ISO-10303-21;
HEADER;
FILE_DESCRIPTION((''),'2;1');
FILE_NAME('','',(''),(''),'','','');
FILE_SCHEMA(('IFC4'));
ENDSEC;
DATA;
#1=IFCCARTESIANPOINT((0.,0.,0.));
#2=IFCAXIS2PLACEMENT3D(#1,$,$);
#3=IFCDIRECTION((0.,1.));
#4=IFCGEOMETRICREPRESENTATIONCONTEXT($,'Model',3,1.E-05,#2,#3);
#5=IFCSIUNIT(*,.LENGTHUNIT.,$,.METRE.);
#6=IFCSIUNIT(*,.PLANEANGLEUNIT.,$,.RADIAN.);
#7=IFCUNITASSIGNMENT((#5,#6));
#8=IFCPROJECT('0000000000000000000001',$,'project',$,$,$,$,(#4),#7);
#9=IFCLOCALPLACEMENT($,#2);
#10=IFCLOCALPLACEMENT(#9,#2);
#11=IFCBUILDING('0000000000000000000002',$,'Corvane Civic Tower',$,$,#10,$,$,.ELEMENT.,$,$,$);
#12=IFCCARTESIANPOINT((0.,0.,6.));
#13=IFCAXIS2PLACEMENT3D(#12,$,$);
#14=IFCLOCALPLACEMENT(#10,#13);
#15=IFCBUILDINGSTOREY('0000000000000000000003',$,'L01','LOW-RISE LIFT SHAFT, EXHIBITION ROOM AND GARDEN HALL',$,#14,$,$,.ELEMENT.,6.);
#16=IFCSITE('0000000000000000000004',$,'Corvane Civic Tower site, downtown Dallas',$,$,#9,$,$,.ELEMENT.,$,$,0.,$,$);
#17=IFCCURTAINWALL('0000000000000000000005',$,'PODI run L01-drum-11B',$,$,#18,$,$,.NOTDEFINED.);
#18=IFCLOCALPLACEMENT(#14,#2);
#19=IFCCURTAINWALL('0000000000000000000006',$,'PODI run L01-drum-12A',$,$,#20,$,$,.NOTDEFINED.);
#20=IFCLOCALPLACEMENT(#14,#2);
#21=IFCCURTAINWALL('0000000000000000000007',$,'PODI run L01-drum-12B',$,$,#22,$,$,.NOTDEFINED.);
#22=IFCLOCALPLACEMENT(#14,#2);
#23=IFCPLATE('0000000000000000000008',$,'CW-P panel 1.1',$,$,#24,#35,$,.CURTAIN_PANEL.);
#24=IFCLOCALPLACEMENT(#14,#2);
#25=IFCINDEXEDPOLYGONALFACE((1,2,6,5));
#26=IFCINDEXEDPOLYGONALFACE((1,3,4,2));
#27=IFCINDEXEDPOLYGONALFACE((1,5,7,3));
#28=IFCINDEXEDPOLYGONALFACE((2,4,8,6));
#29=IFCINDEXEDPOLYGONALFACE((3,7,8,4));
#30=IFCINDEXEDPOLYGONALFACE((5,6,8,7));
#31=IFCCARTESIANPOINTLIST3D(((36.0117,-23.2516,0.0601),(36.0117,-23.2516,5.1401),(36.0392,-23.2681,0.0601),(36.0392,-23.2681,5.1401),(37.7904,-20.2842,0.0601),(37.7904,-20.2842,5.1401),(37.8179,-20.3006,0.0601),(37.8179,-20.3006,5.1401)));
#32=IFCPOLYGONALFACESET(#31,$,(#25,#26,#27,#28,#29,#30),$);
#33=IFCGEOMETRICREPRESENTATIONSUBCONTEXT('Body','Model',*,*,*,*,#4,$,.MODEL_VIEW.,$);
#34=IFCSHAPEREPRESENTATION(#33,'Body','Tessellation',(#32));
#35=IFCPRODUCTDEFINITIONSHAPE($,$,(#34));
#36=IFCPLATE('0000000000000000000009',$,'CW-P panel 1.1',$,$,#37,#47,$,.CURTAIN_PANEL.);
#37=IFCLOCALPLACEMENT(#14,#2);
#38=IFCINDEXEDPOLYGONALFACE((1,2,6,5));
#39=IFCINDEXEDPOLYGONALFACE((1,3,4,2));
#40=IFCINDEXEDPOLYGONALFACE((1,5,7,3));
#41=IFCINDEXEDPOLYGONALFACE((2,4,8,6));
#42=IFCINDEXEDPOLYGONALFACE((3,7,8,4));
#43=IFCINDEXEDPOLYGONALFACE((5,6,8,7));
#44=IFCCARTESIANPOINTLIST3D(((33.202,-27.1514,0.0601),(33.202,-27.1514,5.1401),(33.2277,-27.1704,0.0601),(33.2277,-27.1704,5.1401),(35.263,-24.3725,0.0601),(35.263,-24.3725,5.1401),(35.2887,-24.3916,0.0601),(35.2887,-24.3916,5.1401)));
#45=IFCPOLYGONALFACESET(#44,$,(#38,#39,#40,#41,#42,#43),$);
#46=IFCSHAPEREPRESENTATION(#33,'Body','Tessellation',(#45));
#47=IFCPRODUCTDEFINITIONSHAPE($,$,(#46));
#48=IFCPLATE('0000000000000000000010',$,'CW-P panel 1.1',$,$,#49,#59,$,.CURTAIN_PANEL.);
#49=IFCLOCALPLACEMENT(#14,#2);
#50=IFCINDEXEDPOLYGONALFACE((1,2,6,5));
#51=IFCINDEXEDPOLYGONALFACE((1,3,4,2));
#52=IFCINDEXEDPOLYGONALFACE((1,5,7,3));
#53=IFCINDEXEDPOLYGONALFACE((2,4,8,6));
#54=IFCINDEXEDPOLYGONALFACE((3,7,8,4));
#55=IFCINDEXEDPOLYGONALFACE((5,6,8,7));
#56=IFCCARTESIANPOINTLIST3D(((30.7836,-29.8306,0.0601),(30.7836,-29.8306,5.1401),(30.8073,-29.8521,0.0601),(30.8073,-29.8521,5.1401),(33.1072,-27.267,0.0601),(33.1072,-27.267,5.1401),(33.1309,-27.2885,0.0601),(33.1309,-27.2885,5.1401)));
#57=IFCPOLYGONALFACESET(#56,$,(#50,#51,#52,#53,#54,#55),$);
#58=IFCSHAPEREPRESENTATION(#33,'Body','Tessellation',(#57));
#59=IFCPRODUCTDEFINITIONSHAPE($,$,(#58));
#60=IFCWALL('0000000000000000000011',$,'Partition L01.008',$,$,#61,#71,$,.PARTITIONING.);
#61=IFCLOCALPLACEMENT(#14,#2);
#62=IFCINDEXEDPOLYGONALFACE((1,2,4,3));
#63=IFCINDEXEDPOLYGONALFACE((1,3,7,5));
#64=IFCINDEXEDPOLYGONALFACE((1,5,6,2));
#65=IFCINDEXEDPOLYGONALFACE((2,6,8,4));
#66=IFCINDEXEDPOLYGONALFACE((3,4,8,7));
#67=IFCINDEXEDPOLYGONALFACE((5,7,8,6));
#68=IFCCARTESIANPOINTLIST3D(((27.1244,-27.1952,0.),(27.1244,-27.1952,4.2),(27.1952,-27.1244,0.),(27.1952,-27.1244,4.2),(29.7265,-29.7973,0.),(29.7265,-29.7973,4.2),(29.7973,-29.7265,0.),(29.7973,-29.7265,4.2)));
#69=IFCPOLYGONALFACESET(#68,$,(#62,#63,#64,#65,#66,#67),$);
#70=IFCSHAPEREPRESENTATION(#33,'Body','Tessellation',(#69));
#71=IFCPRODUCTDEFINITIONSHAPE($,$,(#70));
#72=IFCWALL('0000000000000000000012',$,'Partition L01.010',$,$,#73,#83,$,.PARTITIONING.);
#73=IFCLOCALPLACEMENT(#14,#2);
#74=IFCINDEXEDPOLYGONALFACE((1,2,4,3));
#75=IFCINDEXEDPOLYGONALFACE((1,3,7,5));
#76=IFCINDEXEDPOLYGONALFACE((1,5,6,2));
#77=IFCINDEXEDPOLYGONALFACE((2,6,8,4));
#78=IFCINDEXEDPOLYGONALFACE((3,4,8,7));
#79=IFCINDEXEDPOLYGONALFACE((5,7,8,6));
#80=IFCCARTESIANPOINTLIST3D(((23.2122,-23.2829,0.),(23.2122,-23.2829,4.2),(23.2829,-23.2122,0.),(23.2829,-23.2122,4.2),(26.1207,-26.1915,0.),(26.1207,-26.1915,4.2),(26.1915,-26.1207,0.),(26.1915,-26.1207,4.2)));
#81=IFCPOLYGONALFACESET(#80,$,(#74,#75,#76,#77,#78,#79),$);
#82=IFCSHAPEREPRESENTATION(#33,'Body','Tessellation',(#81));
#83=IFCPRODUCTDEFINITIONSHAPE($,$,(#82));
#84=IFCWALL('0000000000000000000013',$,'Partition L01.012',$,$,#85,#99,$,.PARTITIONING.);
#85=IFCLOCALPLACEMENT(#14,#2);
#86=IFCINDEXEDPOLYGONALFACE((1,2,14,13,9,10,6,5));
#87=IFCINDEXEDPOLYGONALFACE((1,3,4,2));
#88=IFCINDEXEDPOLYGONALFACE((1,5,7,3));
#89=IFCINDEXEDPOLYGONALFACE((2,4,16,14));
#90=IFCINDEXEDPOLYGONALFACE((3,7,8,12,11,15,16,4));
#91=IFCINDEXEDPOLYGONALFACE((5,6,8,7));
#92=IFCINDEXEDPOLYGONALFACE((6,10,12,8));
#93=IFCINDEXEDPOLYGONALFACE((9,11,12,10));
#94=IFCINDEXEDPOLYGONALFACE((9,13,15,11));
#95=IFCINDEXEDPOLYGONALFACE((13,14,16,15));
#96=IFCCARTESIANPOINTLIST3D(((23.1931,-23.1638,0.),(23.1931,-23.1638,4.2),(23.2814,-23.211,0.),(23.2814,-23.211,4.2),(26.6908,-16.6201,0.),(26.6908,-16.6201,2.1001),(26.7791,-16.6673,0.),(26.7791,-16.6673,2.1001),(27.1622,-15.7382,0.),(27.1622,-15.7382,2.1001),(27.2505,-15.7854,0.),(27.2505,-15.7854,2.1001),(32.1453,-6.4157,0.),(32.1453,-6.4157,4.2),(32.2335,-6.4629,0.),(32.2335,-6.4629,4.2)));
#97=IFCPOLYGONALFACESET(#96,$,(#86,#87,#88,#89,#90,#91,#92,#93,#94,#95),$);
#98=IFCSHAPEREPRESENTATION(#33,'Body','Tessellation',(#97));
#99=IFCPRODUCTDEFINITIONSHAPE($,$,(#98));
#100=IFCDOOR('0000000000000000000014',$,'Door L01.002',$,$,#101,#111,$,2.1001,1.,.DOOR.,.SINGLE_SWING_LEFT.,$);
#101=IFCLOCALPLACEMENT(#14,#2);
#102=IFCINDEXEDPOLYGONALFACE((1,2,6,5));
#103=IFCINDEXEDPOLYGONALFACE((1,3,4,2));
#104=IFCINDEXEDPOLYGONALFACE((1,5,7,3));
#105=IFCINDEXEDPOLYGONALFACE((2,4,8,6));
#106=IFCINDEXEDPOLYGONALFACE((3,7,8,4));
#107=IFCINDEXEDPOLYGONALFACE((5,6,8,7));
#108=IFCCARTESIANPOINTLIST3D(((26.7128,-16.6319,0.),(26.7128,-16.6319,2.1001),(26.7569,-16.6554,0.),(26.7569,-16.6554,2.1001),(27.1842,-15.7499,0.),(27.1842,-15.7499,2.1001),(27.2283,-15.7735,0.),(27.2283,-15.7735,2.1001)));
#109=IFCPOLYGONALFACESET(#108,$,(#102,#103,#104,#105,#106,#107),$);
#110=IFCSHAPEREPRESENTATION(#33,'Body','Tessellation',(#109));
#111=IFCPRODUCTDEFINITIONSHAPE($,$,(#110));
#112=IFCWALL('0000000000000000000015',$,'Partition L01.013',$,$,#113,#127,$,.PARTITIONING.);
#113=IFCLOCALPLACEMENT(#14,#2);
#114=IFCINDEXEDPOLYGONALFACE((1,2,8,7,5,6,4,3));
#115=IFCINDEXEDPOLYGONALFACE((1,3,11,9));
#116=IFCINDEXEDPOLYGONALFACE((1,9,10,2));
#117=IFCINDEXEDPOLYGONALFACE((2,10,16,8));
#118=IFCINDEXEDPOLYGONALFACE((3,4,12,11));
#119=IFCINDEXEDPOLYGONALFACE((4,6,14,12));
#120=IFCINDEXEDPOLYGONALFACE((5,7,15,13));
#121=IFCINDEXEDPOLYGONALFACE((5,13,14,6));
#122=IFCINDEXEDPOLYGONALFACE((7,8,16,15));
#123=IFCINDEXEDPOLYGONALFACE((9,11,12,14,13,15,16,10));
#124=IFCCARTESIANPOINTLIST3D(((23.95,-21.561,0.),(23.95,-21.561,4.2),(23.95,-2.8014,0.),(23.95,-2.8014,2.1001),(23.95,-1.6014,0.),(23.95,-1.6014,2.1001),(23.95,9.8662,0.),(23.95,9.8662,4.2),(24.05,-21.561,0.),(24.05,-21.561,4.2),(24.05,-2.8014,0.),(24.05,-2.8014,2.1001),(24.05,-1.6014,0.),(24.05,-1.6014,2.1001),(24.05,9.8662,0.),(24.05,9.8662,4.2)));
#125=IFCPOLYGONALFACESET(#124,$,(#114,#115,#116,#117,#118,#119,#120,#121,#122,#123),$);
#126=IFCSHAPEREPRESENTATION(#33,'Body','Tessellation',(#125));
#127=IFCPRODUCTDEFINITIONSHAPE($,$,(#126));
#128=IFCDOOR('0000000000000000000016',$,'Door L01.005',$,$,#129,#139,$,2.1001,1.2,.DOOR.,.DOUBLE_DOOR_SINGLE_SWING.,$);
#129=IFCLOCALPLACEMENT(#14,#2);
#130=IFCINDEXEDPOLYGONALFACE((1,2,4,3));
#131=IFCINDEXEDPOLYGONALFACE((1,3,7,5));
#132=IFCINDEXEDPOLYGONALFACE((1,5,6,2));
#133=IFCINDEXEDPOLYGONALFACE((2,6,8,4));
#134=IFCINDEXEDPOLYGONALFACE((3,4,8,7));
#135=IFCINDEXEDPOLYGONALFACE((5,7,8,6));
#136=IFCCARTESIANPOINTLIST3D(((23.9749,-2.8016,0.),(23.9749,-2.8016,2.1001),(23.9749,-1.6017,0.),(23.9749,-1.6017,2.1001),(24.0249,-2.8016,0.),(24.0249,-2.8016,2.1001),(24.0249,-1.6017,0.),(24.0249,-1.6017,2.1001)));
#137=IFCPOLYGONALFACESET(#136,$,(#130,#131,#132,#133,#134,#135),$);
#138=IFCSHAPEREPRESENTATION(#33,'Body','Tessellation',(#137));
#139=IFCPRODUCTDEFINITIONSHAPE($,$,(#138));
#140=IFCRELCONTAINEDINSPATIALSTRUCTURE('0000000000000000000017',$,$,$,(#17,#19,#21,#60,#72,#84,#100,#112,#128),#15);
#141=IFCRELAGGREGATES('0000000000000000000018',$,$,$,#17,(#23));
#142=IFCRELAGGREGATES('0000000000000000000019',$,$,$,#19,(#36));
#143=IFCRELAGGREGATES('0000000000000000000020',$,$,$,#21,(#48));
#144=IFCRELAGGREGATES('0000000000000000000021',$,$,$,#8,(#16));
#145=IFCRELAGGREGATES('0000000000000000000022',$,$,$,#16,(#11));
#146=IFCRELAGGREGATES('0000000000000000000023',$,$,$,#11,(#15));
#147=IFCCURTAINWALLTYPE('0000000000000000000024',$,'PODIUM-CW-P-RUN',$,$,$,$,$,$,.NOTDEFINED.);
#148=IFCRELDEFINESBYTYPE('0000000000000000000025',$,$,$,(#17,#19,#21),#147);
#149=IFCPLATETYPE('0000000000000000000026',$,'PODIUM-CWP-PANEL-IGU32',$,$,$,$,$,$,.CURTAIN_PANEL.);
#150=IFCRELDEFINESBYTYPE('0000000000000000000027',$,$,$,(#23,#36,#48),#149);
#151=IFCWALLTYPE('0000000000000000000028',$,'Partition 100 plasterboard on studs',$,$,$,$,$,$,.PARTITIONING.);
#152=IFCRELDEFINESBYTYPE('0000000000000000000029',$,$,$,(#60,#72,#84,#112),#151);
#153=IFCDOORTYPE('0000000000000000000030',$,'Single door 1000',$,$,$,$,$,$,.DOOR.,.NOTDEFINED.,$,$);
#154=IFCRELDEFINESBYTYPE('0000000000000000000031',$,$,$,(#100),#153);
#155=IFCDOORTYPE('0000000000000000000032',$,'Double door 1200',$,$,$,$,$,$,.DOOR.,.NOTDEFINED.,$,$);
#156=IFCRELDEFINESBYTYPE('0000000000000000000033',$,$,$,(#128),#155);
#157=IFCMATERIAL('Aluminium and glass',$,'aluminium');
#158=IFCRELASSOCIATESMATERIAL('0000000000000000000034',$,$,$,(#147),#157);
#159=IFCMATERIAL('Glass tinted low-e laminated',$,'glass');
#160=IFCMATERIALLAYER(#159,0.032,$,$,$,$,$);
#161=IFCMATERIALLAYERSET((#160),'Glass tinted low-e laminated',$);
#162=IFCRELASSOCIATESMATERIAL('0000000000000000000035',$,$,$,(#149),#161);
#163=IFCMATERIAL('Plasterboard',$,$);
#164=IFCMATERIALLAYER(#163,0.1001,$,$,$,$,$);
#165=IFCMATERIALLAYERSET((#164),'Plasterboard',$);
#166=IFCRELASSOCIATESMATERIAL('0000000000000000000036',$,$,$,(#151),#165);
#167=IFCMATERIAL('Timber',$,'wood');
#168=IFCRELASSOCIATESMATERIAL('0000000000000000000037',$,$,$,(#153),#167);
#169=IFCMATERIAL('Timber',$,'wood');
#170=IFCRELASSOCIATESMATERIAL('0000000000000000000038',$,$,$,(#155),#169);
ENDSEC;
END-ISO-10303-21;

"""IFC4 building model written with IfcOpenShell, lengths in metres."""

from ifc_helpers import new_model, si_unit, direction, frame, frame_2d, origin, origin_2d, place, context, subcontext, project, spatial, rectangle, extrude, material, layer, layer_set, type_object, element, fill, aggregate, save


model = new_model("IFC4")

# Units and contexts
model_context = context("Model", 3, precision=1e-05, world=origin(), true_north=direction((0.0, 1.0)))
body_context = subcontext(model_context, "Body", "Model", "MODEL_VIEW")
ifc_project = project(units=[si_unit("LENGTHUNIT", "METRE"), si_unit("PLANEANGLEUNIT", "RADIAN")], contexts=[model_context])

# Site, building, storey
site_placement = place(None, origin())
site = spatial("IfcSite", under=ifc_project, at=site_placement, Name="Corvane Civic Tower site, downtown Dallas", CompositionType="ELEMENT", RefElevation=0.0)
building_placement = place(site_placement, origin())
building = spatial("IfcBuilding", under=site, at=building_placement, Name="Corvane Civic Tower", CompositionType="ELEMENT")
storey_placement = place(building_placement, frame((0.0, 0.0, 6.0)))
storey = spatial("IfcBuildingStorey", under=building, at=storey_placement, Name="L01", Description="LOW-RISE LIFT SHAFT, EXHIBITION ROOM AND GARDEN HALL", CompositionType="ELEMENT", Elevation=6.0)

# Curtain wall
ifc_material_1 = material(Name="Aluminium and glass", Category="aluminium")
curtain_wall_type = type_object("IfcCurtainWallType", Name="PODIUM-CW-P-RUN", PredefinedType="NOTDEFINED", material=ifc_material_1)
curtain_wall_1_placement = place(storey_placement, origin())
curtain_wall_1 = element("IfcCurtainWall", 1, at=curtain_wall_1_placement, inside=storey, type_object=curtain_wall_type, Name="PODI run L01-drum-11B", PredefinedType="NOTDEFINED")

# Curtain wall
curtain_wall_2_placement = place(storey_placement, origin())
curtain_wall_2 = element("IfcCurtainWall", 2, at=curtain_wall_2_placement, inside=storey, type_object=curtain_wall_type, Name="PODI run L01-drum-12A", PredefinedType="NOTDEFINED")

# Curtain wall
curtain_wall_3_placement = place(storey_placement, origin())
curtain_wall_3 = element("IfcCurtainWall", 3, at=curtain_wall_3_placement, inside=storey, type_object=curtain_wall_type, Name="PODI run L01-drum-12B", PredefinedType="NOTDEFINED")

# Plates
ifc_material_2 = material(Name="Glass tinted low-e laminated", Category="glass")
ifc_layer_1 = layer(ifc_material_2, 0.032)
ifc_layer_set_1 = layer_set([ifc_layer_1], Name="Glass tinted low-e laminated")
plate_type = type_object("IfcPlateType", Name="PODIUM-CWP-PANEL-IGU32", PredefinedType="CURTAIN_PANEL", material=ifc_layer_set_1)
plate_1_placement = place(storey_placement, frame((36.9148, -21.7761, 0.0601), z_axis=(0.0, 0.0, 1.0), x_axis=(-0.514118, -0.85772, 0.0)))
plate_1 = element("IfcPlate", 4, at=plate_1_placement, type_object=plate_type, Name="CW-P panel 1.1", PredefinedType="CURTAIN_PANEL", context=body_context, shape_type="SweptSolid", body=[
    extrude(rectangle(XDim=3.4597, YDim=0.032, at=origin_2d()), origin(), (0.0, 0.0, 1.0), 5.0801),
])
aggregate(curtain_wall_1, [plate_1])
plate_2_placement = place(storey_placement, frame((34.2454, -25.7715, 0.0601), z_axis=(0.0, 0.0, 1.0), x_axis=(-0.595705, -0.803203, 0.0)))
plate_2 = element("IfcPlate", 5, at=plate_2_placement, type_object=plate_type, Name="CW-P panel 1.1", PredefinedType="CURTAIN_PANEL", context=body_context, shape_type="SweptSolid", body=[
    extrude(rectangle(XDim=3.4597, YDim=0.032, at=origin_2d()), origin(), (0.0, 0.0, 1.0), 5.0801),
])
aggregate(curtain_wall_2, [plate_2])
plate_3_placement = place(storey_placement, frame((31.9573, -28.5596, 0.0601), z_axis=(0.0, 0.0, 1.0), x_axis=(-0.671576, -0.740935, 0.0)))
plate_3 = element("IfcPlate", 6, at=plate_3_placement, type_object=plate_type, Name="CW-P panel 1.1", PredefinedType="CURTAIN_PANEL", context=body_context, shape_type="SweptSolid", body=[
    extrude(rectangle(XDim=3.46, YDim=0.032, at=origin_2d()), origin(), (0.0, 0.0, 1.0), 5.0801),
])
aggregate(curtain_wall_3, [plate_3])

# Walls
ifc_material_3 = material(Name="Plasterboard")
ifc_layer_2 = layer(ifc_material_3, 0.1001)
ifc_layer_set_2 = layer_set([ifc_layer_2], Name="Plasterboard")
wall_type = type_object("IfcWallType", Name="Partition 100 plasterboard on studs", PredefinedType="PARTITIONING", material=ifc_layer_set_2)
wall_1_placement = place(storey_placement, frame((27.1599, -27.1599, 0.0), z_axis=(0.0, 0.0, 1.0), x_axis=(0.707107, -0.707107, 0.0)))
element("IfcWall", 7, at=wall_1_placement, inside=storey, type_object=wall_type, Name="Partition L01.008", PredefinedType="PARTITIONING", context=body_context, shape_type="SweptSolid", body=[
    extrude(rectangle(XDim=3.6799, YDim=0.1001, at=frame_2d((1.8398, 0.0))), origin(), (0.0, 0.0, 1.0), 4.2),
])
wall_2_placement = place(storey_placement, frame((23.2476, -23.2476, 0.0), z_axis=(0.0, 0.0, 1.0), x_axis=(0.707107, -0.707107, 0.0)))
element("IfcWall", 8, at=wall_2_placement, inside=storey, type_object=wall_type, Name="Partition L01.010", PredefinedType="PARTITIONING", context=body_context, shape_type="SweptSolid", body=[
    extrude(rectangle(XDim=4.1133, YDim=0.1001, at=frame_2d((2.0566, 0.0))), origin(), (0.0, 0.0, 1.0), 4.2),
])

# Walls, openings, doors
wall_3_placement = place(storey_placement, frame((23.2373, -23.1873, 0.0), z_axis=(0.0, 0.0, 1.0), x_axis=(0.471402, 0.881918, 0.0)))
wall_3 = element("IfcWall", 9, at=wall_3_placement, inside=storey, type_object=wall_type, Name="Partition L01.012", PredefinedType="PARTITIONING", context=body_context, shape_type="SweptSolid", body=[
    extrude(rectangle(XDim=18.9905, YDim=0.1001, at=frame_2d((9.4951, 0.0))), origin(), (0.0, 0.0, 1.0), 4.2),
])
opening_1_placement = place(wall_3_placement, frame((7.4197, 0.0, 0.0)))
opening_1 = element("IfcOpeningElement", 10, at=opening_1_placement, cuts=wall_3, PredefinedType="OPENING", context=body_context, shape_type="SweptSolid", body=[
    extrude(rectangle(XDim=1.0, YDim=2.1001, at=frame_2d((0.5, 1.05))), frame((0.0, 0.0601, 0.0), z_axis=(0.0, -1.0, 0.0), x_axis=(1.0, 0.0, 0.0)), (0.0, 0.0, 1.0), 0.1201),
])
ifc_material_4 = material(Name="Timber", Category="wood")
door_type_1 = type_object("IfcDoorType", Name="Single door 1000", OperationType="NOTDEFINED", PredefinedType="DOOR", material=ifc_material_4)
door_1_placement = place(opening_1_placement, frame((1.0, 0.0, 0.0), z_axis=(0.0, 0.0, 1.0), x_axis=(-1.0, 0.0, 0.0)))
door_1 = element("IfcDoor", 11, at=door_1_placement, inside=storey, type_object=door_type_1, Name="Door L01.002", OperationType="SINGLE_SWING_LEFT", OverallHeight=2.1001, OverallWidth=1.0, PredefinedType="DOOR", context=body_context, shape_type="SweptSolid", body=[
    extrude(rectangle(XDim=1.0, YDim=2.1001, at=frame_2d((0.5, 1.05))), frame((0.0, 0.0249, 0.0), z_axis=(0.0, -1.0, 0.0), x_axis=(1.0, 0.0, 0.0)), (0.0, 0.0, 1.0), 0.05),
])
fill(opening_1, door_1)
wall_4_placement = place(storey_placement, frame((24.0, -21.561, 0.0), z_axis=(0.0, 0.0, 1.0), x_axis=(0.0, 1.0, 0.0)))
wall_4 = element("IfcWall", 12, at=wall_4_placement, inside=storey, type_object=wall_type, Name="Partition L01.013", PredefinedType="PARTITIONING", context=body_context, shape_type="SweptSolid", body=[
    extrude(rectangle(XDim=31.4272, YDim=0.1001, at=frame_2d((15.7136, 0.0))), origin(), (0.0, 0.0, 1.0), 4.2),
])
opening_2_placement = place(wall_4_placement, frame((18.7595, 0.0, 0.0)))
opening_2 = element("IfcOpeningElement", 13, at=opening_2_placement, cuts=wall_4, PredefinedType="OPENING", context=body_context, shape_type="SweptSolid", body=[
    extrude(rectangle(XDim=1.2, YDim=2.1001, at=frame_2d((0.6001, 1.05))), frame((0.0, 0.0601, 0.0), z_axis=(0.0, -1.0, 0.0), x_axis=(1.0, 0.0, 0.0)), (0.0, 0.0, 1.0), 0.1201),
])
ifc_material_5 = material(Name="Timber", Category="wood")
door_type_2 = type_object("IfcDoorType", Name="Double door 1200", OperationType="NOTDEFINED", PredefinedType="DOOR", material=ifc_material_5)
door_2_placement = place(opening_2_placement, frame((1.2, 0.0, 0.0), z_axis=(0.0, 0.0, 1.0), x_axis=(-1.0, 0.0, 0.0)))
door_2 = element("IfcDoor", 14, at=door_2_placement, inside=storey, type_object=door_type_2, Name="Door L01.005", OperationType="DOUBLE_DOOR_SINGLE_SWING", OverallHeight=2.1001, OverallWidth=1.2, PredefinedType="DOOR", context=body_context, shape_type="SweptSolid", body=[
    extrude(rectangle(XDim=1.2, YDim=2.1001, at=frame_2d((0.6001, 1.05))), frame((0.0, 0.0249, 0.0), z_axis=(0.0, -1.0, 0.0), x_axis=(1.0, 0.0, 0.0)), (0.0, 0.0, 1.0), 0.05),
])
fill(opening_2, door_2)

save(model, "model.ifc")
